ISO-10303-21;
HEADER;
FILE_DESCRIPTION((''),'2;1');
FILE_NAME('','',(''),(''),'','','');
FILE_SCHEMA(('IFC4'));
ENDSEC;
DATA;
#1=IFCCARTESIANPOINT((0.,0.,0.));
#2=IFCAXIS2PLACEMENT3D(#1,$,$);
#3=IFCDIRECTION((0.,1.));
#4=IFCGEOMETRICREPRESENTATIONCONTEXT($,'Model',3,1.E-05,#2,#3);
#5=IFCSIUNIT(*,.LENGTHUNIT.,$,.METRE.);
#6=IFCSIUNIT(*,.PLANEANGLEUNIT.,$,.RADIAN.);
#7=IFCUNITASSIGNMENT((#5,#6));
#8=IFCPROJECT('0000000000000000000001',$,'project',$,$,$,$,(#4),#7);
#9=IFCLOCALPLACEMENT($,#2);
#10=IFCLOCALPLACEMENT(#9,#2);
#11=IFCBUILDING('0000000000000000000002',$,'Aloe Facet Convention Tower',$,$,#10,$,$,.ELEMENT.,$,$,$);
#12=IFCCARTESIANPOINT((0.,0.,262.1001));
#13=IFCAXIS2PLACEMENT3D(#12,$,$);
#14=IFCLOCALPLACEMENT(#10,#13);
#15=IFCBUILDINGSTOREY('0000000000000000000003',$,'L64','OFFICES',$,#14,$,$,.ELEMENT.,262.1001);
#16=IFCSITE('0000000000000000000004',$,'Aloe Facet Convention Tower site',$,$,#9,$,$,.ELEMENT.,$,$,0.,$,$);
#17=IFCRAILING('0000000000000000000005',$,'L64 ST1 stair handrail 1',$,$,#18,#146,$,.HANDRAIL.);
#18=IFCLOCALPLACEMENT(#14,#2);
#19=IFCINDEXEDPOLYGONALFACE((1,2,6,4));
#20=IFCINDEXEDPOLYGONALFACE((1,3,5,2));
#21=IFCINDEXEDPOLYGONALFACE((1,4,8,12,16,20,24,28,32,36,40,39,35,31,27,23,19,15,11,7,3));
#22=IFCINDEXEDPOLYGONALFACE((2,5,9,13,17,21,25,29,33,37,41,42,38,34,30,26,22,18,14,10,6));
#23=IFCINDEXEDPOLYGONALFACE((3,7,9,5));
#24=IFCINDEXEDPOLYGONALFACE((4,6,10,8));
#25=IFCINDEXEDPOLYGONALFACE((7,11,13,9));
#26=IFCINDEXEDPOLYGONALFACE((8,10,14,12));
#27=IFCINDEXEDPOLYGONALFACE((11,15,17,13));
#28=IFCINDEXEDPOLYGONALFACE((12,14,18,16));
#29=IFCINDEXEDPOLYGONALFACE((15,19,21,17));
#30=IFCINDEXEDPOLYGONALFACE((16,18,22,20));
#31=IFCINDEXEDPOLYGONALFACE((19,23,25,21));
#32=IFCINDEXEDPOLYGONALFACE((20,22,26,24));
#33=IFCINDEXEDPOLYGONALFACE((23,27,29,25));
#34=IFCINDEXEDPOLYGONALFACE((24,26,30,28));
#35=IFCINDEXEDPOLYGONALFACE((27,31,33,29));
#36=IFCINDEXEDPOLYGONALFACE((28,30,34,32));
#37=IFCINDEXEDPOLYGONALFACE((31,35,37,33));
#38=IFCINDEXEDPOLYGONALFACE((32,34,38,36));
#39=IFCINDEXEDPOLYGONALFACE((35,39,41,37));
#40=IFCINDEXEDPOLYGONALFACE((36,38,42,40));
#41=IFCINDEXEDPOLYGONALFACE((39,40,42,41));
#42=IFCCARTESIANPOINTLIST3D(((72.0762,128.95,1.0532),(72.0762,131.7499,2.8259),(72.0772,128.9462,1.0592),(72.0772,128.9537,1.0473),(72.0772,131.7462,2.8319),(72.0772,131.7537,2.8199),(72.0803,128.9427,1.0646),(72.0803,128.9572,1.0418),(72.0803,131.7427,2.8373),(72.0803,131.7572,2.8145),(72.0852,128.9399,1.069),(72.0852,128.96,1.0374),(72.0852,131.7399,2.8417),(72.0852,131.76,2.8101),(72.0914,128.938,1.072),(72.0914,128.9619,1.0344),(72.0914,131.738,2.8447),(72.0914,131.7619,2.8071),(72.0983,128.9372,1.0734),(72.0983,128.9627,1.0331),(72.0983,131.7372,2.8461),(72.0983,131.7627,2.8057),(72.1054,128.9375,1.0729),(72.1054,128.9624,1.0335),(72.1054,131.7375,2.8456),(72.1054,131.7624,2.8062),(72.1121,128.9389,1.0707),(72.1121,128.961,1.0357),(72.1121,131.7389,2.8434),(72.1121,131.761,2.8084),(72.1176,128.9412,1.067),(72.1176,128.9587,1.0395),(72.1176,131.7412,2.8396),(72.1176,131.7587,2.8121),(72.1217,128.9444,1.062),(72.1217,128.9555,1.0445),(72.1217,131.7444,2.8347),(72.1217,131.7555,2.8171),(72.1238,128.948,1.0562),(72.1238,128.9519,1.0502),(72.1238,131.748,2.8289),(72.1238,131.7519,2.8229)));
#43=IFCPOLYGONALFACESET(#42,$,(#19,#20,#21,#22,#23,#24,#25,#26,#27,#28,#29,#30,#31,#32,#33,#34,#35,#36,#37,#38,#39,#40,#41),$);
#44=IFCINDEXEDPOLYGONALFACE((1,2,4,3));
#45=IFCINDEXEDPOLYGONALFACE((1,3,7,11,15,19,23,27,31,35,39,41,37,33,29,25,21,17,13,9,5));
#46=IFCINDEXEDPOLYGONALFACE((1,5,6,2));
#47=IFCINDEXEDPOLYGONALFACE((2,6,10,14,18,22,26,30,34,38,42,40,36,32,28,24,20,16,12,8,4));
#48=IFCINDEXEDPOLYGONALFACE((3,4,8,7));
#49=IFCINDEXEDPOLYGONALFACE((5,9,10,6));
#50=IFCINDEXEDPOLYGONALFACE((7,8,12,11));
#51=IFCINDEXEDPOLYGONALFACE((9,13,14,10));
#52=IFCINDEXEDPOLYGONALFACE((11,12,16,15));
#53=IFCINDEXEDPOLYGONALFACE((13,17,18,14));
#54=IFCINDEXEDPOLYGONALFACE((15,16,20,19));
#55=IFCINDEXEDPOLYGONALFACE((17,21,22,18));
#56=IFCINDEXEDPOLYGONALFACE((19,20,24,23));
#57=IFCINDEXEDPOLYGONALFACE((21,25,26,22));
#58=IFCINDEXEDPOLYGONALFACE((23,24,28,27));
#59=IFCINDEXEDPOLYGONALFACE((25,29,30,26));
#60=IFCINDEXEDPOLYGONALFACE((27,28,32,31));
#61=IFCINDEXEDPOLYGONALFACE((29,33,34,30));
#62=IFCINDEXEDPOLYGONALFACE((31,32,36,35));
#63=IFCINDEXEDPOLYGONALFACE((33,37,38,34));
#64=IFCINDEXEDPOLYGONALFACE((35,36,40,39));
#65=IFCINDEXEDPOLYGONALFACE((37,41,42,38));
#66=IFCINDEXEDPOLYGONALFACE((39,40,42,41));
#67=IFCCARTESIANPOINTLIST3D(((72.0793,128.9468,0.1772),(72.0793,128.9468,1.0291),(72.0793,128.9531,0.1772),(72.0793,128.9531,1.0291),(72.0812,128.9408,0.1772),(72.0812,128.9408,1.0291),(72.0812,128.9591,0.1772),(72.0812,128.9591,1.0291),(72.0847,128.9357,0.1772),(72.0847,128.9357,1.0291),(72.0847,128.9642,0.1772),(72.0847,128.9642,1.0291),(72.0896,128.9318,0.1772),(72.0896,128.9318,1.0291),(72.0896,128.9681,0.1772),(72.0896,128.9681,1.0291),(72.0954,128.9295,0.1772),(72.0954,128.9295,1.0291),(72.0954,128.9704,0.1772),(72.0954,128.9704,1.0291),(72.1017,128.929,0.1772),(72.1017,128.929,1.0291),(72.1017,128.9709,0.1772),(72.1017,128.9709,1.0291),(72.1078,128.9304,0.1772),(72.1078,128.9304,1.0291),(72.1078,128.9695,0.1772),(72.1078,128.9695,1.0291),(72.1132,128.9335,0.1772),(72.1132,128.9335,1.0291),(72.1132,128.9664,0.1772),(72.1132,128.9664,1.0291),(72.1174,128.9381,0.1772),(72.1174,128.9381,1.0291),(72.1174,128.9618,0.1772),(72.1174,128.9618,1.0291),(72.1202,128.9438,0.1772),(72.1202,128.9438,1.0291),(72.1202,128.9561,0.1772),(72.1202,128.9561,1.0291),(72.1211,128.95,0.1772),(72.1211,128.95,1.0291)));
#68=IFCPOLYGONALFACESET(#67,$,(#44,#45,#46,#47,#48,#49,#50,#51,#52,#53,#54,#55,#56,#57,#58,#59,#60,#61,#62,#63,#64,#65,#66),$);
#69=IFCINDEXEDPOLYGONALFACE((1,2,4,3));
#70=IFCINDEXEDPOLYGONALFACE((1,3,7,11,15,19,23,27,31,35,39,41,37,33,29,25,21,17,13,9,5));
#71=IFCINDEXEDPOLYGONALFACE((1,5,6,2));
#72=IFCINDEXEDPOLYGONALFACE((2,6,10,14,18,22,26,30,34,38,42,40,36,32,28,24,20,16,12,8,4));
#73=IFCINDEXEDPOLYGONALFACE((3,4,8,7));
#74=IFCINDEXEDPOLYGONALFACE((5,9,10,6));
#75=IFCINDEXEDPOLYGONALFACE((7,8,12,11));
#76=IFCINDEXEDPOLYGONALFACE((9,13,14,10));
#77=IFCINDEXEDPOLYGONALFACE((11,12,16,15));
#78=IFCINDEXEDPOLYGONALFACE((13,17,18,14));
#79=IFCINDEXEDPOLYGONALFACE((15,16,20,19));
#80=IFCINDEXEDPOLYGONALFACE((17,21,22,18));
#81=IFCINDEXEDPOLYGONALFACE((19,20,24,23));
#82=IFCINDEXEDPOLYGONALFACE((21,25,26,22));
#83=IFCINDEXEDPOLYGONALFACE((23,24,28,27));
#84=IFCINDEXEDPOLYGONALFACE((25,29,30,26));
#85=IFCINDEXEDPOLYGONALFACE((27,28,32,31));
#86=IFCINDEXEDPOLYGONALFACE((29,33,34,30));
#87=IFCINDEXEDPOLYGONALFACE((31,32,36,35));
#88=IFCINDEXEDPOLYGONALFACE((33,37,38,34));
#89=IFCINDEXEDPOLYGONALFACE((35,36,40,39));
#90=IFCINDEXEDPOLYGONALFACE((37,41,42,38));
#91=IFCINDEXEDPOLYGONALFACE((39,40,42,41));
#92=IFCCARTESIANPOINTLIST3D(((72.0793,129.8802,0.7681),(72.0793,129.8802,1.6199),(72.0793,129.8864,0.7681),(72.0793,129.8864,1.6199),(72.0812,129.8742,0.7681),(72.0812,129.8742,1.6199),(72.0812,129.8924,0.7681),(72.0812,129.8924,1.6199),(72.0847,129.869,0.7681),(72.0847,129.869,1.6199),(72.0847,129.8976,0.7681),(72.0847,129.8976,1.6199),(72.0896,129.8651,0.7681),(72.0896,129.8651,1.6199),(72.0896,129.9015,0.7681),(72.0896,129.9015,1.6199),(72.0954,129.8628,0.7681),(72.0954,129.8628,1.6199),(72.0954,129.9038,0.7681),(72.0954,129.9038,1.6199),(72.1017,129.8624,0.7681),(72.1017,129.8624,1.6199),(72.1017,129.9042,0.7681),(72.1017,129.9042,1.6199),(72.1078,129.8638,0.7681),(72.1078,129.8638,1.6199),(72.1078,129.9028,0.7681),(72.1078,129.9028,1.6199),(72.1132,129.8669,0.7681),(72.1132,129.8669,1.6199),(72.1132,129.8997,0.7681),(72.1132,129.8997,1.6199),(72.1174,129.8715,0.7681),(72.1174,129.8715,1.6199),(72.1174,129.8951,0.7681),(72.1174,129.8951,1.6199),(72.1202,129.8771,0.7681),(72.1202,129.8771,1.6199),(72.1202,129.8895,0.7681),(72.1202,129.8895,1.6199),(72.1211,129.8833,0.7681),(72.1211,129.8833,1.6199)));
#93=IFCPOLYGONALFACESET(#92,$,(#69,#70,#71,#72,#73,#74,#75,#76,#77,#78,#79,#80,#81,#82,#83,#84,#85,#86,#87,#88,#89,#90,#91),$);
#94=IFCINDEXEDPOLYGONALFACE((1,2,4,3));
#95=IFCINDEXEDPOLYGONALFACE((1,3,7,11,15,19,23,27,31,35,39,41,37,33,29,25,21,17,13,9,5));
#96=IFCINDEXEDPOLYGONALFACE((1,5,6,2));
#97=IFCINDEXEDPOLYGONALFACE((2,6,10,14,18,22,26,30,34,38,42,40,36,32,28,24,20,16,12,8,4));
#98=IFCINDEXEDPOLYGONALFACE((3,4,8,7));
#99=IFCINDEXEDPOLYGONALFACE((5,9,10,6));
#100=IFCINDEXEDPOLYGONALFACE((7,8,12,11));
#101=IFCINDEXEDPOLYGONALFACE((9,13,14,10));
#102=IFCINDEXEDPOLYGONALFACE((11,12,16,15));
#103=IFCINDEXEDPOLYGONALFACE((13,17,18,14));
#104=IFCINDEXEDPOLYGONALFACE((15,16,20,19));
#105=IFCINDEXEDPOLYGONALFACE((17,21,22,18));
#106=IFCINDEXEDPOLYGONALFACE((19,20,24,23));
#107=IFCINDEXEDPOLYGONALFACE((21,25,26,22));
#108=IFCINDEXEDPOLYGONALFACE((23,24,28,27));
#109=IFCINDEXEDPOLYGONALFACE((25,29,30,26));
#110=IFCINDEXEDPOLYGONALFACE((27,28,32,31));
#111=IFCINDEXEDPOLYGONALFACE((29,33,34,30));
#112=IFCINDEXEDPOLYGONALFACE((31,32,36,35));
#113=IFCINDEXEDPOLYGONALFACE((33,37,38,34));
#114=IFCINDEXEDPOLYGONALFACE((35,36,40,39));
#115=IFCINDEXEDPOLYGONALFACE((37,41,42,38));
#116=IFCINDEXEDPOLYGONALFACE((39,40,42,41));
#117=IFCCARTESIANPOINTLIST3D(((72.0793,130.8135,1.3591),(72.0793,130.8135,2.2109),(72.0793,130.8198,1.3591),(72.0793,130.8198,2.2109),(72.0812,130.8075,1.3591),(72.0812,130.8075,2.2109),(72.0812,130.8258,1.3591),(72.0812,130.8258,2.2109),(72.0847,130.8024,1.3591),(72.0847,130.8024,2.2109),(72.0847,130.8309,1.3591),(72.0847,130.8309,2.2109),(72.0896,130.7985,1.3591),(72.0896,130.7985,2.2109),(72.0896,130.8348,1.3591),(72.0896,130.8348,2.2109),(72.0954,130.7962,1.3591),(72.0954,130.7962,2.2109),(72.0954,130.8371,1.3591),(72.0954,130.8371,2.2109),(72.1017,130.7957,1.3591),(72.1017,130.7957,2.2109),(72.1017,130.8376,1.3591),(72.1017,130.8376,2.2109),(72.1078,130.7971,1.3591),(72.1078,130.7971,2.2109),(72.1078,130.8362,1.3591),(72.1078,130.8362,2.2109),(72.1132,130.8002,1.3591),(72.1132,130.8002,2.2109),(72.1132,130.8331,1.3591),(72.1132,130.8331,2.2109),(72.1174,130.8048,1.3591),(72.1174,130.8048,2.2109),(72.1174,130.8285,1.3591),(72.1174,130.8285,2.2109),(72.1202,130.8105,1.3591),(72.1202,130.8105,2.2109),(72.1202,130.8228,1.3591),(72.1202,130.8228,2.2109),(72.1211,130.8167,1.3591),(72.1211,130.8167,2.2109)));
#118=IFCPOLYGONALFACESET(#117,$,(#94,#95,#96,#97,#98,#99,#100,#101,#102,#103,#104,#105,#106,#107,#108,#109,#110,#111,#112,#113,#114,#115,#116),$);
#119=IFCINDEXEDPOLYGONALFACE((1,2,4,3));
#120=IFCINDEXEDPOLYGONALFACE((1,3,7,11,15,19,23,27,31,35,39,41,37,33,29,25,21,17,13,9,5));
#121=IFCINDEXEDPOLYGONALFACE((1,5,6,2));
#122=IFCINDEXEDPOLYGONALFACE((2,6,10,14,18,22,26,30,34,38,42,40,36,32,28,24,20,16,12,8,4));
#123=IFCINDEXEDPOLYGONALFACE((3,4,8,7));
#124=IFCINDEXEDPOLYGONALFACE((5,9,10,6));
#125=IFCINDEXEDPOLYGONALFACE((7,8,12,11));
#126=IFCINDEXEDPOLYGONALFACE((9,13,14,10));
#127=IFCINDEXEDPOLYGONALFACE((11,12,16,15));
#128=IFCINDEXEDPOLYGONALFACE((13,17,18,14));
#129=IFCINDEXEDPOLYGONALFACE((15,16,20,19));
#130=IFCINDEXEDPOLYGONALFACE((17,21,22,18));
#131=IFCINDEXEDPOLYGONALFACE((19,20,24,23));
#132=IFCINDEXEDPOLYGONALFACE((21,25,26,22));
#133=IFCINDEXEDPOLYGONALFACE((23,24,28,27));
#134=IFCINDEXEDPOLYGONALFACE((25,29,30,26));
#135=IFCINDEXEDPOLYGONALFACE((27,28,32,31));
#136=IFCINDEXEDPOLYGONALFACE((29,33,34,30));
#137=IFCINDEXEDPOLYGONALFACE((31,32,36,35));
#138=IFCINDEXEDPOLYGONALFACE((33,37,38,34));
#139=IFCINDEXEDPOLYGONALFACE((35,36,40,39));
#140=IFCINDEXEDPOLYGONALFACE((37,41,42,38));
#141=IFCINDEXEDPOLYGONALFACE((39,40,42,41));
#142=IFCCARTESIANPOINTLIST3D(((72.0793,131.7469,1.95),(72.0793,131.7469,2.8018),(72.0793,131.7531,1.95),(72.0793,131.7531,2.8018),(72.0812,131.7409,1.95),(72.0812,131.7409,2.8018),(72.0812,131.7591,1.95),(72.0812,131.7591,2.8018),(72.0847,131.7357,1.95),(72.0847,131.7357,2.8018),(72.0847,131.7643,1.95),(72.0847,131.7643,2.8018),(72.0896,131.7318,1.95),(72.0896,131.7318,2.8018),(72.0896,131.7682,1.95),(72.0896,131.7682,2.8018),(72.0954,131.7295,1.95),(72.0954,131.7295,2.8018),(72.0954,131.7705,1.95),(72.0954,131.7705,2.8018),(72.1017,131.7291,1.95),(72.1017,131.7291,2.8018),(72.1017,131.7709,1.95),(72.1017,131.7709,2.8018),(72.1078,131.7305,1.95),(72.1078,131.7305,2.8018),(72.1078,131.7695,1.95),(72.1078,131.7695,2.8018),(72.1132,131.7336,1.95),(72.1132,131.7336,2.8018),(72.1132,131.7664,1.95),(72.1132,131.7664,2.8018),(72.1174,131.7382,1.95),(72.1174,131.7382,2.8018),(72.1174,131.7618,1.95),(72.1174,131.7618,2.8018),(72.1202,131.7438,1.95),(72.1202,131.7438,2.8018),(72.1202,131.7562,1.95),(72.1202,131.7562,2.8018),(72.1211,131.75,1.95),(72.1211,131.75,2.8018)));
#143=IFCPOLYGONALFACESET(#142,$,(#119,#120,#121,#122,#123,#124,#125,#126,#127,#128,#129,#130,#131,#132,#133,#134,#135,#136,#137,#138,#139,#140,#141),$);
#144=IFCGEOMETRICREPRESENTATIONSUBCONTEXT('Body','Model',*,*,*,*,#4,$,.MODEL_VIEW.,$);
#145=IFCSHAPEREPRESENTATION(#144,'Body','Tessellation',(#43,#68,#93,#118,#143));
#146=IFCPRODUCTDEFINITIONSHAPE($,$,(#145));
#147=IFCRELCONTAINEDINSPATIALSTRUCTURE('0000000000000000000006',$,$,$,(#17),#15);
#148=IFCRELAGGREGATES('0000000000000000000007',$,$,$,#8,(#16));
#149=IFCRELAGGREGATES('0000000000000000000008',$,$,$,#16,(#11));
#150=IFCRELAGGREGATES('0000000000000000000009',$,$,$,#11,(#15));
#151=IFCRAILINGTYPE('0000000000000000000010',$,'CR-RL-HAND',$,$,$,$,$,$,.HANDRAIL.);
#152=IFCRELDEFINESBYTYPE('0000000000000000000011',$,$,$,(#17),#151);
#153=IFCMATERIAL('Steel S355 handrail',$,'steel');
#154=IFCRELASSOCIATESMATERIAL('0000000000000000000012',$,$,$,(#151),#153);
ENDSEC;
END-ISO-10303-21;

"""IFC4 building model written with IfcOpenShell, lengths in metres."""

from ifc_helpers import new_model, si_unit, direction, frame, origin, origin_2d, place, context, subcontext, project, spatial, circle, extrude, material, type_object, element, save


model = new_model("IFC4")

# Units and contexts
model_context = context("Model", 3, precision=1e-05, world=origin(), true_north=direction((0.0, 1.0)))
body_context = subcontext(model_context, "Body", "Model", "MODEL_VIEW")
ifc_project = project(units=[si_unit("LENGTHUNIT", "METRE"), si_unit("PLANEANGLEUNIT", "RADIAN")], contexts=[model_context])

# Site, building, storey
site_placement = place(None, origin())
site = spatial("IfcSite", under=ifc_project, at=site_placement, Name="Aloe Facet Convention Tower site", CompositionType="ELEMENT", RefElevation=0.0)
building_placement = place(site_placement, origin())
building = spatial("IfcBuilding", under=site, at=building_placement, Name="Aloe Facet Convention Tower", CompositionType="ELEMENT")
storey_placement = place(building_placement, frame((0.0, 0.0, 262.1001)))
storey = spatial("IfcBuildingStorey", under=building, at=storey_placement, Name="L64", Description="OFFICES", CompositionType="ELEMENT", Elevation=262.1001)

# Railing
ifc_material_1 = material(Name="Steel S355 handrail", Category="steel")
railing_type_1 = type_object("IfcRailingType", Name="CR-RL-HAND", PredefinedType="HANDRAIL", material=ifc_material_1)
railing_1_placement = place(storey_placement, frame((72.1001, 128.95, 0.1772)))
element("IfcRailing", 1, at=railing_1_placement, inside=storey, type_object=railing_type_1, Name="L64 ST1 stair handrail 1", PredefinedType="HANDRAIL", context=body_context, shape_type="SweptSolid", body=[
    extrude(circle(Radius=0.0239, at=origin_2d()), frame((0.0, 0.0, 0.876), z_axis=(0.0, 0.844909, 0.53491), x_axis=(-1.0, 0.0, 0.0)), (0.0, 0.0, 1.0), 3.314),
    extrude(circle(Radius=0.021, at=origin_2d()), origin(), (0.0, 0.0, 1.0), 0.8518),
    extrude(circle(Radius=0.021, at=origin_2d()), frame((0.0, 0.9333, 0.5908)), (0.0, 0.0, 1.0), 0.8518),
    extrude(circle(Radius=0.021, at=origin_2d()), frame((0.0, 1.8667, 1.1819)), (0.0, 0.0, 1.0), 0.8518),
    extrude(circle(Radius=0.021, at=origin_2d()), frame((0.0, 2.8, 1.7727)), (0.0, 0.0, 1.0), 0.8518),
])

save(model, "model.ifc")
